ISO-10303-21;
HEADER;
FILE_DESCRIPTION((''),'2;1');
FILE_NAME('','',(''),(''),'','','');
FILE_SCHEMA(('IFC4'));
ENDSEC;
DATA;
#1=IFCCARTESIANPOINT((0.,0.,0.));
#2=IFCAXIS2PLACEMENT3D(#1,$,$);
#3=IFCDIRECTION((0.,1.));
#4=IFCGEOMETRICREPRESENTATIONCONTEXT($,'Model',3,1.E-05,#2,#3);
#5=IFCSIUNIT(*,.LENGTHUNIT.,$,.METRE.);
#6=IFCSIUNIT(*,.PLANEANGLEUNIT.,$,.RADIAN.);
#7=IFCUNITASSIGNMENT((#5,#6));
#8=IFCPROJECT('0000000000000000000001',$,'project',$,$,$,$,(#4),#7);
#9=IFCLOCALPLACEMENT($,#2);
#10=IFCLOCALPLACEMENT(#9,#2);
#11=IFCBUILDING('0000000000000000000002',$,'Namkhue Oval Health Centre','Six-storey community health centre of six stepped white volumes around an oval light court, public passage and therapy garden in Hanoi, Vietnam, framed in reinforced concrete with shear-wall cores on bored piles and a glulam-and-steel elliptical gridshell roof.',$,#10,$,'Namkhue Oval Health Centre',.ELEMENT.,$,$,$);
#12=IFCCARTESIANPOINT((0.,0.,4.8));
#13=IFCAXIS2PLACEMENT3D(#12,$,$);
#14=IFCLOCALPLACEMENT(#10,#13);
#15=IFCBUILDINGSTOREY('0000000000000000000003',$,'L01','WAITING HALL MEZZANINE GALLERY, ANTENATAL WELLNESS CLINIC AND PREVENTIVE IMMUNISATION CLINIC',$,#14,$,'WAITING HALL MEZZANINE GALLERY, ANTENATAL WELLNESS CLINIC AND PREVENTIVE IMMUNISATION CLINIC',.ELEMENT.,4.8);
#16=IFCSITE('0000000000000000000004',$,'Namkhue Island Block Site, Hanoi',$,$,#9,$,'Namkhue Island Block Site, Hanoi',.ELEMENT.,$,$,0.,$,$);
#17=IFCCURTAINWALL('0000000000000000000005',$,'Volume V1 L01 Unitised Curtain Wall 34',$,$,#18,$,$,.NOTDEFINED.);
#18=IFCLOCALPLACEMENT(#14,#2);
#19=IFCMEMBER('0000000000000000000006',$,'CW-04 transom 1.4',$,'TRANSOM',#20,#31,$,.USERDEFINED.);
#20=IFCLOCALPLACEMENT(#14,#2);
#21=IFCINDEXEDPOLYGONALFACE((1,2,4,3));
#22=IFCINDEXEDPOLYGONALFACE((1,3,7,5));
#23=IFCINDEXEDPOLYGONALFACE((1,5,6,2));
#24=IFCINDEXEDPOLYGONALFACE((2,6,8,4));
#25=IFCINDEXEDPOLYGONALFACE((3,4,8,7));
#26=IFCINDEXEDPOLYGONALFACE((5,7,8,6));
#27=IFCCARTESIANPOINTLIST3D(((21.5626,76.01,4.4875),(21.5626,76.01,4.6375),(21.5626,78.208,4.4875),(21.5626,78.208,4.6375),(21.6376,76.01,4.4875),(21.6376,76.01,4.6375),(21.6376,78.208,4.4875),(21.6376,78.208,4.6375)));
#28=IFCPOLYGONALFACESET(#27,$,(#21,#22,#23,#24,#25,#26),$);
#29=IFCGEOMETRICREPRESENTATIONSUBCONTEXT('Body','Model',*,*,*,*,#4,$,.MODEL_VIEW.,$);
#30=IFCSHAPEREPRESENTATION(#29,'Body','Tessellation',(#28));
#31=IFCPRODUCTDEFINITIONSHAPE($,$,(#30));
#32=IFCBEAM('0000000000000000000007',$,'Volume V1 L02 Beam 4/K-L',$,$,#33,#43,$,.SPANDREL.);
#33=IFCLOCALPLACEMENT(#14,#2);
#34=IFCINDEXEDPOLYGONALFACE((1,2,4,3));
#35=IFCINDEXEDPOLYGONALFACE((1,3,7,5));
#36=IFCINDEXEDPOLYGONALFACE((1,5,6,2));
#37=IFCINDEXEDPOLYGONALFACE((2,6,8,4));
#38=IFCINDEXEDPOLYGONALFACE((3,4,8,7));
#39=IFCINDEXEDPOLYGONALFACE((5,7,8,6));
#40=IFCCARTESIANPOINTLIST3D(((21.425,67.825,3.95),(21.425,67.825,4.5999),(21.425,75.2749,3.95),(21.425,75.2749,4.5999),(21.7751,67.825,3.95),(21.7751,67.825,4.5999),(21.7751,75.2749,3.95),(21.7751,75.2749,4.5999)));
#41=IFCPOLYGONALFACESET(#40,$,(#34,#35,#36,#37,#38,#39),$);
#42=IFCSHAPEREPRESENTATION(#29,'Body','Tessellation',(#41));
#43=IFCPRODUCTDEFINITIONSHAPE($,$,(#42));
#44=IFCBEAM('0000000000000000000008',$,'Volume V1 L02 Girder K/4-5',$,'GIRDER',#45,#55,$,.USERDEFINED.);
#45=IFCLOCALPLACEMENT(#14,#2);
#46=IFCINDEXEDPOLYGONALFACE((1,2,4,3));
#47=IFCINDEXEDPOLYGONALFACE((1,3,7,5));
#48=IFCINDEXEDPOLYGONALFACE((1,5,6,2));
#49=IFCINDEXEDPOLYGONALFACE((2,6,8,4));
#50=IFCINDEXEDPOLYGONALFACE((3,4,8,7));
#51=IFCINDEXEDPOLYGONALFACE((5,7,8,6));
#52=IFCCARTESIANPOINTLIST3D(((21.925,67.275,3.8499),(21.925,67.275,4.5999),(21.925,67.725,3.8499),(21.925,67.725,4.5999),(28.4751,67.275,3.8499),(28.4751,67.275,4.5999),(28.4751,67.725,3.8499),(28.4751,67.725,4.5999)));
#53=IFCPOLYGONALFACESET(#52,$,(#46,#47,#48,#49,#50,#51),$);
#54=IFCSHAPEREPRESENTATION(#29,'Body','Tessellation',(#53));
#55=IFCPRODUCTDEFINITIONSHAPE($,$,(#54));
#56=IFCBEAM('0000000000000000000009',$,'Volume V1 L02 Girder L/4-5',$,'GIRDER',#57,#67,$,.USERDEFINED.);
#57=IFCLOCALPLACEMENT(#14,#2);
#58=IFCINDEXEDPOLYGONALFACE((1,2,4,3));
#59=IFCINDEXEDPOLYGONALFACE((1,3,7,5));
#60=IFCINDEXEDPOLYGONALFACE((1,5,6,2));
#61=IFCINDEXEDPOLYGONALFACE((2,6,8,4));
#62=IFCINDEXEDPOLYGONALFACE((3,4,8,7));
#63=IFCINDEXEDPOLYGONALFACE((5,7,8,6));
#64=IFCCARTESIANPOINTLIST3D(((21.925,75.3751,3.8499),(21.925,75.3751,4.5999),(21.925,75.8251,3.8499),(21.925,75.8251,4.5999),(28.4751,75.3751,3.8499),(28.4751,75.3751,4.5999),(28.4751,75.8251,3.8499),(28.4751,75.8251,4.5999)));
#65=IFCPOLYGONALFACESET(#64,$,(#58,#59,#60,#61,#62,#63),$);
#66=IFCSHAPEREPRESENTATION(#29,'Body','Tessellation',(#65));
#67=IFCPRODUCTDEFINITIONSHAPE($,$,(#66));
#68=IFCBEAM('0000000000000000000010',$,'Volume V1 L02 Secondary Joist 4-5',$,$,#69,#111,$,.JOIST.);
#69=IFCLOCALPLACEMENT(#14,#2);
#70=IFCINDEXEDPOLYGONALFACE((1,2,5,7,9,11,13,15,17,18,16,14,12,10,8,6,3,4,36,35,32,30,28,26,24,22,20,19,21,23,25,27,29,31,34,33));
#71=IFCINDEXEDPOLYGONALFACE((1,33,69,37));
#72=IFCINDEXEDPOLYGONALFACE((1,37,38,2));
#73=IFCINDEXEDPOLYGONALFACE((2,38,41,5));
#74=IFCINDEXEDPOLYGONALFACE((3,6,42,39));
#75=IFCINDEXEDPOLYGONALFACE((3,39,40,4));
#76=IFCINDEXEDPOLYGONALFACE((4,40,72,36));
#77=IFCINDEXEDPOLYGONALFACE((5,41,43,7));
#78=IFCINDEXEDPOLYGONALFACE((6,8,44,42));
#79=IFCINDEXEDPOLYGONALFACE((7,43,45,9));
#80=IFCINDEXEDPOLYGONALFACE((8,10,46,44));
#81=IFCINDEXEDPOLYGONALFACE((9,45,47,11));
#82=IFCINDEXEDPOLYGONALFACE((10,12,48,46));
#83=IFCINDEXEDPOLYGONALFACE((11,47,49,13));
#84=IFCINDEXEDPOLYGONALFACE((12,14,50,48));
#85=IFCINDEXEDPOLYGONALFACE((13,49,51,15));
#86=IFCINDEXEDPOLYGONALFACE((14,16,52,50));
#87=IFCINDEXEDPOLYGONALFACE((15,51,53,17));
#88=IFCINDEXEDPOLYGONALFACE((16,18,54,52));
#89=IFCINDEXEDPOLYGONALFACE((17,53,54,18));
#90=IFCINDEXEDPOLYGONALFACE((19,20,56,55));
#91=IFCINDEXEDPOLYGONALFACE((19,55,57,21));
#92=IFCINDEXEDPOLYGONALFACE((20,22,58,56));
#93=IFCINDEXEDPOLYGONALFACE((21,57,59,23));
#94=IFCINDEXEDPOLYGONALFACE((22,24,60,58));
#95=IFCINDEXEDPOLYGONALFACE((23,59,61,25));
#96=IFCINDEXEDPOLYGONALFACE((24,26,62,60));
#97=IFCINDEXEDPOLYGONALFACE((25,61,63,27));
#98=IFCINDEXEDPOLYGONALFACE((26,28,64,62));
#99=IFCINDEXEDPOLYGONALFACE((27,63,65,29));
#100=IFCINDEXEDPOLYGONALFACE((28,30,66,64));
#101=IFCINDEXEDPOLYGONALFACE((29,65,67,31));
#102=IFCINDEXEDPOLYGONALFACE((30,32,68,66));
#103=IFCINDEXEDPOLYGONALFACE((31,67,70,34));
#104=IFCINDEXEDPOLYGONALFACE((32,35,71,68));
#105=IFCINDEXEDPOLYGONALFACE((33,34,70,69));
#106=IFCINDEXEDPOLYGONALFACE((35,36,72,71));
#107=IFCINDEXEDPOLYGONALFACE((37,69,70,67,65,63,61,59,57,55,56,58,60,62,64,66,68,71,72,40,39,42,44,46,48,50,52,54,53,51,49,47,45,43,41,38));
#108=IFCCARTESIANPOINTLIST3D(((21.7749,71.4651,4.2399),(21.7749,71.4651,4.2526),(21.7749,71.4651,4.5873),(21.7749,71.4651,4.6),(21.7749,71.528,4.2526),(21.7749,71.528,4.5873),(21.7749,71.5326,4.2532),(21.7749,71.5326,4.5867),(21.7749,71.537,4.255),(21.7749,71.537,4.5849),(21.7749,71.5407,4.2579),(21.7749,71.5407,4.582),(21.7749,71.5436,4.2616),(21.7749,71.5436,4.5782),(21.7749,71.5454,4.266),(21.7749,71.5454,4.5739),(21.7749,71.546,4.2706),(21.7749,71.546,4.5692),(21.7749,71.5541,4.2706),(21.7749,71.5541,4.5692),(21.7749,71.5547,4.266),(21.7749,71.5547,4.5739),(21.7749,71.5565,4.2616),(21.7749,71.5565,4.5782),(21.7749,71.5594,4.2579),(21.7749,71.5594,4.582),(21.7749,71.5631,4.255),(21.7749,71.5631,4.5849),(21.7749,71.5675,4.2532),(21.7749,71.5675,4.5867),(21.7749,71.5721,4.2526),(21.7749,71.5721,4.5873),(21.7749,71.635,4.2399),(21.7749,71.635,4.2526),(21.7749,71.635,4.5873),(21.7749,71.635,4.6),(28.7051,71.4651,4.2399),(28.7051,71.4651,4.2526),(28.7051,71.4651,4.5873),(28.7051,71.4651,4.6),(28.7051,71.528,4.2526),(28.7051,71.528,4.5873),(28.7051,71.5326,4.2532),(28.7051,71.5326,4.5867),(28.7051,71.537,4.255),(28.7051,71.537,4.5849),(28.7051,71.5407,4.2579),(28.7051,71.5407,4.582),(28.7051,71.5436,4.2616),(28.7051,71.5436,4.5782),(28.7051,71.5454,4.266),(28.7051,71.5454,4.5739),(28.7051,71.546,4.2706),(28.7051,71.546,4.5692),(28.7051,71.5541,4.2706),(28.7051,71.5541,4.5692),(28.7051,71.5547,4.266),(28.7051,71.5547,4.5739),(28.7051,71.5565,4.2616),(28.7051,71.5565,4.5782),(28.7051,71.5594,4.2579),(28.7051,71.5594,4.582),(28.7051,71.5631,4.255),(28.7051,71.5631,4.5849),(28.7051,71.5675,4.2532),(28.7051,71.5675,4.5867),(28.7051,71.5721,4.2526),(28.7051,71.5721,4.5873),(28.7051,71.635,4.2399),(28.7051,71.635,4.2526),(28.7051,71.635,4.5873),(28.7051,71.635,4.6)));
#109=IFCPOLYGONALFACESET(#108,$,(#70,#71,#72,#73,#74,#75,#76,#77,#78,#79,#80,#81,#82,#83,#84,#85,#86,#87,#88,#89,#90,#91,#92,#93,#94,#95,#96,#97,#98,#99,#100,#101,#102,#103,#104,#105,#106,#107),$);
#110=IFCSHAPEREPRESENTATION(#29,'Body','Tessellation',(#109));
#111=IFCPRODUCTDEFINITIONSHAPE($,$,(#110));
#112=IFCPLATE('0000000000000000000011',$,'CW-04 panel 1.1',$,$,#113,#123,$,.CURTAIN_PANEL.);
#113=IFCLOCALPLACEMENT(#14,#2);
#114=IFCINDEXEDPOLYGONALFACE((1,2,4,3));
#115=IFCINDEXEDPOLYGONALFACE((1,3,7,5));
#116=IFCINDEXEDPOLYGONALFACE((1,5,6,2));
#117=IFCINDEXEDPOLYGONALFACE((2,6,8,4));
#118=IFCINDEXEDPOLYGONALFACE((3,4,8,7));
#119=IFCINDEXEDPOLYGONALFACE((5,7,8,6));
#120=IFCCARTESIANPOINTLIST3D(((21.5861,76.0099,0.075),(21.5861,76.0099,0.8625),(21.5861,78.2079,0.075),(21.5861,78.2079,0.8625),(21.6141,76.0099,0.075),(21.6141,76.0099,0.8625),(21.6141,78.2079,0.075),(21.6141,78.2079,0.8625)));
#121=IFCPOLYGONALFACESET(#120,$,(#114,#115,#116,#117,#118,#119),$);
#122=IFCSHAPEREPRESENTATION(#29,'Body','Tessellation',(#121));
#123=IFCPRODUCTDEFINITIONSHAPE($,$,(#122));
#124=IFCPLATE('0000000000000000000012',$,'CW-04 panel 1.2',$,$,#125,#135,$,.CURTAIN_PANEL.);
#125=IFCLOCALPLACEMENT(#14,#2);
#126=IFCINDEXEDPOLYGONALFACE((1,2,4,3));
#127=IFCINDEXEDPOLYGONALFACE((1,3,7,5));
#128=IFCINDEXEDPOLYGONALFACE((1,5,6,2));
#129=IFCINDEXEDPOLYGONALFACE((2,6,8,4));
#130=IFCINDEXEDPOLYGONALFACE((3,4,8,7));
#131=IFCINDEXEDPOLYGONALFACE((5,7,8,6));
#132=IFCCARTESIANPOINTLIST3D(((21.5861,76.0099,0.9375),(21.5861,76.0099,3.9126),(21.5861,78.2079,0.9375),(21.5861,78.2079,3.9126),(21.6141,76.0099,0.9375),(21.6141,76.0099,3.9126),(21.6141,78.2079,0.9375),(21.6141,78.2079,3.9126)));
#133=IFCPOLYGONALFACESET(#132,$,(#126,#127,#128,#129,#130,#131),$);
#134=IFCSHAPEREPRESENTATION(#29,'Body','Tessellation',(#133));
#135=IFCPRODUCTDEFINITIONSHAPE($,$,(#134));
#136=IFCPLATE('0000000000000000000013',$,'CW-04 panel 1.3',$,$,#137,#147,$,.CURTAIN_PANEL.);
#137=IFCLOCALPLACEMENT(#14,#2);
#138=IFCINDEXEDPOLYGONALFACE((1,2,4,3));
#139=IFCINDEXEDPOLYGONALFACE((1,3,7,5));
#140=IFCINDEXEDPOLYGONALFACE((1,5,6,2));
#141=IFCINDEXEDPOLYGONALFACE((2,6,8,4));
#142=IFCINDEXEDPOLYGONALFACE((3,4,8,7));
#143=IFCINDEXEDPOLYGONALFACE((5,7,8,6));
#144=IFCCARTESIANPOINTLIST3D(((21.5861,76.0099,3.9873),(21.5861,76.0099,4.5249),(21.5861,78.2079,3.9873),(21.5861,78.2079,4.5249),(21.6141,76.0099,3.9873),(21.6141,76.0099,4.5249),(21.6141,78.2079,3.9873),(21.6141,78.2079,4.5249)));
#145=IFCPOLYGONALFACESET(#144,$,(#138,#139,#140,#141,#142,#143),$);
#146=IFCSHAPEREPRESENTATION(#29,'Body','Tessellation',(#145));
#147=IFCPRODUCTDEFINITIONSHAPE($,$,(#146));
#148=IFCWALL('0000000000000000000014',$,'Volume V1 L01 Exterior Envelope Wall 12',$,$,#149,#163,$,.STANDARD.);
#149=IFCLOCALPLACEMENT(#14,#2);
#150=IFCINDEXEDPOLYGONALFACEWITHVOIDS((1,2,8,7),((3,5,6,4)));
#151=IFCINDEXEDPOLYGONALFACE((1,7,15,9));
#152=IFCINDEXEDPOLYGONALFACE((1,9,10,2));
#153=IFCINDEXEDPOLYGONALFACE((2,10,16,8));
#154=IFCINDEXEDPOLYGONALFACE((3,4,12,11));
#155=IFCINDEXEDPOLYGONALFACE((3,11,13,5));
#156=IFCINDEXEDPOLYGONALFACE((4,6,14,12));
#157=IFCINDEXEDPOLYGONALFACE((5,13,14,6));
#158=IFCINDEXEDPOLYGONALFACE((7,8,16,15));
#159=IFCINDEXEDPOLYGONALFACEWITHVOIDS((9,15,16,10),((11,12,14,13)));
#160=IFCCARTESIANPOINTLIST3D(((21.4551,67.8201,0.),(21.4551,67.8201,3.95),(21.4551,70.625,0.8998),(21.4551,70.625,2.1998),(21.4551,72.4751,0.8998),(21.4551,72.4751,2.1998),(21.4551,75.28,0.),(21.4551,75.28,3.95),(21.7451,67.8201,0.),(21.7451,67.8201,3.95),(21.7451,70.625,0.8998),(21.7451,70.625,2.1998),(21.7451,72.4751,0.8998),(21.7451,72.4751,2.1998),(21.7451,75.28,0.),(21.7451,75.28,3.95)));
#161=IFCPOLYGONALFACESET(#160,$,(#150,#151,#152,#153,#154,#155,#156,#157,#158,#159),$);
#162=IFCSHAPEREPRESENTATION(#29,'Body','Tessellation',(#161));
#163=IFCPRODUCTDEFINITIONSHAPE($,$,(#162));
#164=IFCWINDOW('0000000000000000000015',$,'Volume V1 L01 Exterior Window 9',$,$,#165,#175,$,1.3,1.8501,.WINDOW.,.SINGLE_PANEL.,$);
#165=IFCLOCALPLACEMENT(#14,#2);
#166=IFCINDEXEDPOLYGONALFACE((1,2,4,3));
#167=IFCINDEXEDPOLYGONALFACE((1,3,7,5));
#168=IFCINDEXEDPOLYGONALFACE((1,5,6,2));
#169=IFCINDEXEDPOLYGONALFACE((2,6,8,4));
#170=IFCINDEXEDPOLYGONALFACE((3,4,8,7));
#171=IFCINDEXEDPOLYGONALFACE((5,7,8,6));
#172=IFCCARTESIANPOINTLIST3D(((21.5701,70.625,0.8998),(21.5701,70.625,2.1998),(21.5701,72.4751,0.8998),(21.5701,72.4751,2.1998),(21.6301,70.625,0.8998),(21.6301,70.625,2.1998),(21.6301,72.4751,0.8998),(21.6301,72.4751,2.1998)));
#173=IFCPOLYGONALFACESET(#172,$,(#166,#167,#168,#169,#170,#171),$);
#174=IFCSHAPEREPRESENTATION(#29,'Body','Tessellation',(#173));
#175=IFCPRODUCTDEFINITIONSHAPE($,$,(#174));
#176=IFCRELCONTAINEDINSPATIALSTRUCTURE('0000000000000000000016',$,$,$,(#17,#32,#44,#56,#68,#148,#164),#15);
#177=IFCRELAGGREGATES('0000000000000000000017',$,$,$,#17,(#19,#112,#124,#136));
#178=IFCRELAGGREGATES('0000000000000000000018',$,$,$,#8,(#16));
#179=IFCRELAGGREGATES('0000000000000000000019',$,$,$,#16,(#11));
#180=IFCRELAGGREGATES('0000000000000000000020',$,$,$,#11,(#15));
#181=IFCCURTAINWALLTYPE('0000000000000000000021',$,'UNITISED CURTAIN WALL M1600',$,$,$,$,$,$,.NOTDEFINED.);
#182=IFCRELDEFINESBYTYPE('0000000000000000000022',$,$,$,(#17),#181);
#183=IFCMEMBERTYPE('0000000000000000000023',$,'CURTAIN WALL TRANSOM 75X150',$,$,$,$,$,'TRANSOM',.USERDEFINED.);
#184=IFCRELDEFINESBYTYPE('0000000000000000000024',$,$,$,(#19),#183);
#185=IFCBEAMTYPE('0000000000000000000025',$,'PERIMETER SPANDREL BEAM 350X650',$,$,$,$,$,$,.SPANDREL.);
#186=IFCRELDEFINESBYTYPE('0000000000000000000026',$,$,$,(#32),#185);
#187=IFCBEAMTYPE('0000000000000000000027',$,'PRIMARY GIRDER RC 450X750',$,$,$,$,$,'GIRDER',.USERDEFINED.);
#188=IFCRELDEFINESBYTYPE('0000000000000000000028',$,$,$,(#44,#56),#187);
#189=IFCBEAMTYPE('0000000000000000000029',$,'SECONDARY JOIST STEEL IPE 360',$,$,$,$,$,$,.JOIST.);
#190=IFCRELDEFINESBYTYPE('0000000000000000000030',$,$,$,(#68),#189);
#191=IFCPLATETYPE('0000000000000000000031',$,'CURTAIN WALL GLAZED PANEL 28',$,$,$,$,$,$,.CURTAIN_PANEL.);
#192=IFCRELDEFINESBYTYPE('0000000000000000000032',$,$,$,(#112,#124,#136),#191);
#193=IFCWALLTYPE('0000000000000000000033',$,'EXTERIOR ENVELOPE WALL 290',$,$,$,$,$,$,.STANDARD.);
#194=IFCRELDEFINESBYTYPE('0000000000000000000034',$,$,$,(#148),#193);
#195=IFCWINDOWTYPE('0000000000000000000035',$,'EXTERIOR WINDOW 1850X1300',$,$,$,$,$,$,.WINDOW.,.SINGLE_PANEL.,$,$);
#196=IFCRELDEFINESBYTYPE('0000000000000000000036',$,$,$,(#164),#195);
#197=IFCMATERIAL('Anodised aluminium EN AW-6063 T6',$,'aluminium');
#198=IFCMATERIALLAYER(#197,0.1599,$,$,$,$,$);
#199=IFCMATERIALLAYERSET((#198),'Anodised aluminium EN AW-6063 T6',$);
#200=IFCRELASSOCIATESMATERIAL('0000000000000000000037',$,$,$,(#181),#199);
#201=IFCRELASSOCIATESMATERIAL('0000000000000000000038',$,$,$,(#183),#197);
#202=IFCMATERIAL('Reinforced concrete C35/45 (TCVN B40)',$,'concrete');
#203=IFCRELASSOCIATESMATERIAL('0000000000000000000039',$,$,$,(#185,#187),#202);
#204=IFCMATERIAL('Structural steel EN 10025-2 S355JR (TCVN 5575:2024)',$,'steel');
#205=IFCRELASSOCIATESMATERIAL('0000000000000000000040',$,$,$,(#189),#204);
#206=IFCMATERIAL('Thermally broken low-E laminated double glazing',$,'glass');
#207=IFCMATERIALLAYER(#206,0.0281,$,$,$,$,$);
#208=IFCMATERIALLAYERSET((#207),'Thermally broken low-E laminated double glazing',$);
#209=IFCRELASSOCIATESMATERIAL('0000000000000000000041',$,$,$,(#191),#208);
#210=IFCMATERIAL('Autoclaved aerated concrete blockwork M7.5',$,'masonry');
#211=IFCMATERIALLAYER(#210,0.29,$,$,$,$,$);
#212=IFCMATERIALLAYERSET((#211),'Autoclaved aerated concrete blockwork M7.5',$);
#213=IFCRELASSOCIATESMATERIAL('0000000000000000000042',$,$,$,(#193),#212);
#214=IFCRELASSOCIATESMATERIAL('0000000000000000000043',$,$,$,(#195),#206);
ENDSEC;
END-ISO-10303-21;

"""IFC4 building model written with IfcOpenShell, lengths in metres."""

from ifc_helpers import new_model, si_unit, direction, frame, frame_2d, origin, origin_2d, place, context, subcontext, project, spatial, rectangle, i_section, extrude, material, layer, layer_set, material_profile, profile_set, type_object, element, fill, aggregate, save


model = new_model("IFC4")

# Units and contexts
model_context = context("Model", 3, precision=1e-05, world=origin(), true_north=direction((0.0, 1.0)))
body_context = subcontext(model_context, "Body", "Model", "MODEL_VIEW")
ifc_project = project(units=[si_unit("LENGTHUNIT", "METRE"), si_unit("PLANEANGLEUNIT", "RADIAN")], contexts=[model_context])

# Site, building, storey
site_placement = place(None, origin())
site = spatial("IfcSite", under=ifc_project, at=site_placement, Name="Namkhue Island Block Site, Hanoi", LongName="Namkhue Island Block Site, Hanoi", CompositionType="ELEMENT", RefElevation=0.0)
building_placement = place(site_placement, origin())
building = spatial("IfcBuilding", under=site, at=building_placement, Name="Namkhue Oval Health Centre", Description="Six-storey community health centre of six stepped white volumes around an oval light court, public passage and therapy garden in Hanoi, Vietnam, framed in reinforced concrete with shear-wall cores on bored piles and a glulam-and-steel elliptical gridshell roof.", LongName="Namkhue Oval Health Centre", CompositionType="ELEMENT")
storey_placement = place(building_placement, frame((0.0, 0.0, 4.8)))
storey = spatial("IfcBuildingStorey", under=building, at=storey_placement, Name="L01", Description="WAITING HALL MEZZANINE GALLERY, ANTENATAL WELLNESS CLINIC AND PREVENTIVE IMMUNISATION CLINIC", LongName="WAITING HALL MEZZANINE GALLERY, ANTENATAL WELLNESS CLINIC AND PREVENTIVE IMMUNISATION CLINIC", CompositionType="ELEMENT", Elevation=4.8)

# Shared definitions
ifc_material_1 = material(Name="Reinforced concrete C35/45 (TCVN B40)", Category="concrete")

# Curtain wall, member
ifc_material_2 = material(Name="Anodised aluminium EN AW-6063 T6", Category="aluminium")
ifc_layer_1 = layer(ifc_material_2, 0.1599)
ifc_layer_set_1 = layer_set([ifc_layer_1], Name="Anodised aluminium EN AW-6063 T6")
curtain_wall_type = type_object("IfcCurtainWallType", Name="UNITISED CURTAIN WALL M1600", PredefinedType="NOTDEFINED", material=ifc_layer_set_1)
curtain_wall_placement = place(storey_placement, origin())
curtain_wall = element("IfcCurtainWall", 1, at=curtain_wall_placement, inside=storey, type_object=curtain_wall_type, Name="Volume V1 L01 Unitised Curtain Wall 34", PredefinedType="NOTDEFINED")
ifc_material_profile_1 = material_profile(ifc_material_2, rectangle(XDim=0.075, YDim=0.1499, at=origin_2d()), Name="ALU 75x150")
ifc_profile_set_1 = profile_set([ifc_material_profile_1], Name="Anodised aluminium EN AW-6063 T6")
member_type_1 = type_object("IfcMemberType", Name="CURTAIN WALL TRANSOM 75X150", ElementType="TRANSOM", PredefinedType="USERDEFINED", material=ifc_profile_set_1)
member_1_placement = place(storey_placement, frame((21.6001, 78.208, 4.5625), z_axis=(0.0, -1.0, 0.0), x_axis=(1.0, 0.0, 0.0)))
member_1 = element("IfcMember", 2, at=member_1_placement, type_object=member_type_1, Name="CW-04 transom 1.4", ObjectType="TRANSOM", PredefinedType="USERDEFINED", context=body_context, shape_type="SweptSolid", body=[
    extrude(rectangle(XDim=0.075, YDim=0.1499, at=origin_2d()), origin(), (0.0, 0.0, 1.0), 2.198),
])

# Beams
ifc_material_profile_2 = material_profile(ifc_material_1, rectangle(XDim=0.3501, YDim=0.6499, at=origin_2d()), Name="RC 350x650")
ifc_profile_set_2 = profile_set([ifc_material_profile_2], Name="Reinforced concrete C35/45 (TCVN B40)")
beam_type_1 = type_object("IfcBeamType", Name="PERIMETER SPANDREL BEAM 350X650", PredefinedType="SPANDREL", material=ifc_profile_set_2)
beam_1_placement = place(storey_placement, frame((21.6001, 67.825, 4.2749), z_axis=(0.0, 1.0, 0.0), x_axis=(-1.0, 0.0, 0.0)))
element("IfcBeam", 3, at=beam_1_placement, inside=storey, type_object=beam_type_1, Name="Volume V1 L02 Beam 4/K-L", PredefinedType="SPANDREL", context=body_context, shape_type="SweptSolid", body=[
    extrude(rectangle(XDim=0.3501, YDim=0.6499, at=origin_2d()), origin(), (0.0, 0.0, 1.0), 7.45),
])
ifc_material_profile_3 = material_profile(ifc_material_1, rectangle(XDim=0.45, YDim=0.75, at=origin_2d()), Name="RC 450x750")
ifc_profile_set_3 = profile_set([ifc_material_profile_3], Name="Reinforced concrete C35/45 (TCVN B40)")
beam_type_2 = type_object("IfcBeamType", Name="PRIMARY GIRDER RC 450X750", ElementType="GIRDER", PredefinedType="USERDEFINED", material=ifc_profile_set_3)
for number, where, z_axis, x_axis, name in (
    (4, (21.925, 67.5, 4.2249), (1.0, 0.0, 0.0), (0.0, 1.0, 0.0), "Volume V1 L02 Girder K/4-5"),
    (5, (21.925, 75.6001, 4.2249), (1.0, 0.0, 0.0), (0.0, 1.0, 0.0), "Volume V1 L02 Girder L/4-5"),
):
    element("IfcBeam", number, at=place(storey_placement, frame(where, z_axis=z_axis, x_axis=x_axis)), inside=storey, type_object=beam_type_2, Name=name, ObjectType="GIRDER", PredefinedType="USERDEFINED", context=body_context, shape_type="SweptSolid", body=[
        extrude(rectangle(XDim=0.45, YDim=0.75, at=origin_2d()), origin(), (0.0, 0.0, 1.0), 6.55),
    ])
ifc_material_3 = material(Name="Structural steel EN 10025-2 S355JR (TCVN 5575:2024)", Category="steel")
ifc_material_profile_4 = material_profile(ifc_material_3, i_section(OverallWidth=0.1699, OverallDepth=0.3601, WebThickness=0.0081, FlangeThickness=0.0127, FilletRadius=0.0181, at=origin_2d()), Name="IPE 360")
ifc_profile_set_4 = profile_set([ifc_material_profile_4], Name="Structural steel EN 10025-2 S355JR (TCVN 5575:2024)")
beam_type_3 = type_object("IfcBeamType", Name="SECONDARY JOIST STEEL IPE 360", PredefinedType="JOIST", material=ifc_profile_set_4)
beam_2_placement = place(storey_placement, frame((21.7749, 71.55, 4.4199), z_axis=(1.0, 0.0, 0.0), x_axis=(0.0, 1.0, 0.0)))
element("IfcBeam", 6, at=beam_2_placement, inside=storey, type_object=beam_type_3, Name="Volume V1 L02 Secondary Joist 4-5", PredefinedType="JOIST", context=body_context, shape_type="SweptSolid", body=[
    extrude(i_section(OverallWidth=0.1699, OverallDepth=0.3601, WebThickness=0.0081, FlangeThickness=0.0127, FilletRadius=0.0181, at=origin_2d()), origin(), (0.0, 0.0, 1.0), 6.9302),
])

# Plates
ifc_material_4 = material(Name="Thermally broken low-E laminated double glazing", Category="glass")
ifc_layer_2 = layer(ifc_material_4, 0.0281)
ifc_layer_set_2 = layer_set([ifc_layer_2], Name="Thermally broken low-E laminated double glazing")
plate_type = type_object("IfcPlateType", Name="CURTAIN WALL GLAZED PANEL 28", PredefinedType="CURTAIN_PANEL", material=ifc_layer_set_2)
plate_1_placement = place(storey_placement, frame((21.6001, 77.1089, 0.075), z_axis=(0.0, 0.0, 1.0), x_axis=(0.0, -1.0, 0.0)))
plate_1 = element("IfcPlate", 7, at=plate_1_placement, type_object=plate_type, Name="CW-04 panel 1.1", PredefinedType="CURTAIN_PANEL", context=body_context, shape_type="SweptSolid", body=[
    extrude(rectangle(XDim=2.198, YDim=0.0281, at=origin_2d()), origin(), (0.0, 0.0, 1.0), 0.7876),
])
plate_2_placement = place(storey_placement, frame((21.6001, 77.1089, 0.9375), z_axis=(0.0, 0.0, 1.0), x_axis=(0.0, -1.0, 0.0)))
plate_2 = element("IfcPlate", 8, at=plate_2_placement, type_object=plate_type, Name="CW-04 panel 1.2", PredefinedType="CURTAIN_PANEL", context=body_context, shape_type="SweptSolid", body=[
    extrude(rectangle(XDim=2.198, YDim=0.0281, at=origin_2d()), origin(), (0.0, 0.0, 1.0), 2.9751),
])
plate_3_placement = place(storey_placement, frame((21.6001, 77.1089, 3.9873), z_axis=(0.0, 0.0, 1.0), x_axis=(0.0, -1.0, 0.0)))
plate_3 = element("IfcPlate", 9, at=plate_3_placement, type_object=plate_type, Name="CW-04 panel 1.3", PredefinedType="CURTAIN_PANEL", context=body_context, shape_type="SweptSolid", body=[
    extrude(rectangle(XDim=2.198, YDim=0.0281, at=origin_2d()), origin(), (0.0, 0.0, 1.0), 0.5376),
])
aggregate(curtain_wall, [member_1, plate_1, plate_2, plate_3])

# Wall, opening, window
ifc_material_5 = material(Name="Autoclaved aerated concrete blockwork M7.5", Category="masonry")
ifc_layer_3 = layer(ifc_material_5, 0.29)
ifc_layer_set_3 = layer_set([ifc_layer_3], Name="Autoclaved aerated concrete blockwork M7.5")
wall_type_1 = type_object("IfcWallType", Name="EXTERIOR ENVELOPE WALL 290", PredefinedType="STANDARD", material=ifc_layer_set_3)
wall_1_placement = place(storey_placement, frame((21.6001, 75.28, 0.0), z_axis=(0.0, 0.0, 1.0), x_axis=(0.0, -1.0, 0.0)))
wall_1 = element("IfcWall", 10, at=wall_1_placement, inside=storey, type_object=wall_type_1, Name="Volume V1 L01 Exterior Envelope Wall 12", PredefinedType="STANDARD", context=body_context, shape_type="SweptSolid", body=[
    extrude(rectangle(XDim=7.46, YDim=0.29, at=frame_2d((3.73, 0.0))), origin(), (0.0, 0.0, 1.0), 3.95),
])
opening_1_placement = place(wall_1_placement, frame((2.8049, 0.0, 0.8999)))
opening_1 = element("IfcOpeningElement", 11, at=opening_1_placement, cuts=wall_1, PredefinedType="OPENING", context=body_context, shape_type="SweptSolid", body=[
    extrude(rectangle(XDim=1.8501, YDim=1.3, at=frame_2d((0.925, 0.6499))), frame((0.0, 0.155, 0.0), z_axis=(0.0, -1.0, 0.0), x_axis=(1.0, 0.0, 0.0)), (0.0, 0.0, 1.0), 0.3101),
])
window_type = type_object("IfcWindowType", Name="EXTERIOR WINDOW 1850X1300", PartitioningType="SINGLE_PANEL", PredefinedType="WINDOW", material=ifc_material_4)
window_placement = place(opening_1_placement, origin())
window = element("IfcWindow", 12, at=window_placement, inside=storey, type_object=window_type, Name="Volume V1 L01 Exterior Window 9", OverallHeight=1.3, OverallWidth=1.8501, PartitioningType="SINGLE_PANEL", PredefinedType="WINDOW", context=body_context, shape_type="SweptSolid", body=[
    extrude(rectangle(XDim=1.8501, YDim=1.3, at=frame_2d((0.925, 0.6499))), frame((0.0, 0.03, 0.0), z_axis=(0.0, -1.0, 0.0), x_axis=(1.0, 0.0, 0.0)), (0.0, 0.0, 1.0), 0.0601),
])
fill(opening_1, window)

save(model, "model.ifc")
